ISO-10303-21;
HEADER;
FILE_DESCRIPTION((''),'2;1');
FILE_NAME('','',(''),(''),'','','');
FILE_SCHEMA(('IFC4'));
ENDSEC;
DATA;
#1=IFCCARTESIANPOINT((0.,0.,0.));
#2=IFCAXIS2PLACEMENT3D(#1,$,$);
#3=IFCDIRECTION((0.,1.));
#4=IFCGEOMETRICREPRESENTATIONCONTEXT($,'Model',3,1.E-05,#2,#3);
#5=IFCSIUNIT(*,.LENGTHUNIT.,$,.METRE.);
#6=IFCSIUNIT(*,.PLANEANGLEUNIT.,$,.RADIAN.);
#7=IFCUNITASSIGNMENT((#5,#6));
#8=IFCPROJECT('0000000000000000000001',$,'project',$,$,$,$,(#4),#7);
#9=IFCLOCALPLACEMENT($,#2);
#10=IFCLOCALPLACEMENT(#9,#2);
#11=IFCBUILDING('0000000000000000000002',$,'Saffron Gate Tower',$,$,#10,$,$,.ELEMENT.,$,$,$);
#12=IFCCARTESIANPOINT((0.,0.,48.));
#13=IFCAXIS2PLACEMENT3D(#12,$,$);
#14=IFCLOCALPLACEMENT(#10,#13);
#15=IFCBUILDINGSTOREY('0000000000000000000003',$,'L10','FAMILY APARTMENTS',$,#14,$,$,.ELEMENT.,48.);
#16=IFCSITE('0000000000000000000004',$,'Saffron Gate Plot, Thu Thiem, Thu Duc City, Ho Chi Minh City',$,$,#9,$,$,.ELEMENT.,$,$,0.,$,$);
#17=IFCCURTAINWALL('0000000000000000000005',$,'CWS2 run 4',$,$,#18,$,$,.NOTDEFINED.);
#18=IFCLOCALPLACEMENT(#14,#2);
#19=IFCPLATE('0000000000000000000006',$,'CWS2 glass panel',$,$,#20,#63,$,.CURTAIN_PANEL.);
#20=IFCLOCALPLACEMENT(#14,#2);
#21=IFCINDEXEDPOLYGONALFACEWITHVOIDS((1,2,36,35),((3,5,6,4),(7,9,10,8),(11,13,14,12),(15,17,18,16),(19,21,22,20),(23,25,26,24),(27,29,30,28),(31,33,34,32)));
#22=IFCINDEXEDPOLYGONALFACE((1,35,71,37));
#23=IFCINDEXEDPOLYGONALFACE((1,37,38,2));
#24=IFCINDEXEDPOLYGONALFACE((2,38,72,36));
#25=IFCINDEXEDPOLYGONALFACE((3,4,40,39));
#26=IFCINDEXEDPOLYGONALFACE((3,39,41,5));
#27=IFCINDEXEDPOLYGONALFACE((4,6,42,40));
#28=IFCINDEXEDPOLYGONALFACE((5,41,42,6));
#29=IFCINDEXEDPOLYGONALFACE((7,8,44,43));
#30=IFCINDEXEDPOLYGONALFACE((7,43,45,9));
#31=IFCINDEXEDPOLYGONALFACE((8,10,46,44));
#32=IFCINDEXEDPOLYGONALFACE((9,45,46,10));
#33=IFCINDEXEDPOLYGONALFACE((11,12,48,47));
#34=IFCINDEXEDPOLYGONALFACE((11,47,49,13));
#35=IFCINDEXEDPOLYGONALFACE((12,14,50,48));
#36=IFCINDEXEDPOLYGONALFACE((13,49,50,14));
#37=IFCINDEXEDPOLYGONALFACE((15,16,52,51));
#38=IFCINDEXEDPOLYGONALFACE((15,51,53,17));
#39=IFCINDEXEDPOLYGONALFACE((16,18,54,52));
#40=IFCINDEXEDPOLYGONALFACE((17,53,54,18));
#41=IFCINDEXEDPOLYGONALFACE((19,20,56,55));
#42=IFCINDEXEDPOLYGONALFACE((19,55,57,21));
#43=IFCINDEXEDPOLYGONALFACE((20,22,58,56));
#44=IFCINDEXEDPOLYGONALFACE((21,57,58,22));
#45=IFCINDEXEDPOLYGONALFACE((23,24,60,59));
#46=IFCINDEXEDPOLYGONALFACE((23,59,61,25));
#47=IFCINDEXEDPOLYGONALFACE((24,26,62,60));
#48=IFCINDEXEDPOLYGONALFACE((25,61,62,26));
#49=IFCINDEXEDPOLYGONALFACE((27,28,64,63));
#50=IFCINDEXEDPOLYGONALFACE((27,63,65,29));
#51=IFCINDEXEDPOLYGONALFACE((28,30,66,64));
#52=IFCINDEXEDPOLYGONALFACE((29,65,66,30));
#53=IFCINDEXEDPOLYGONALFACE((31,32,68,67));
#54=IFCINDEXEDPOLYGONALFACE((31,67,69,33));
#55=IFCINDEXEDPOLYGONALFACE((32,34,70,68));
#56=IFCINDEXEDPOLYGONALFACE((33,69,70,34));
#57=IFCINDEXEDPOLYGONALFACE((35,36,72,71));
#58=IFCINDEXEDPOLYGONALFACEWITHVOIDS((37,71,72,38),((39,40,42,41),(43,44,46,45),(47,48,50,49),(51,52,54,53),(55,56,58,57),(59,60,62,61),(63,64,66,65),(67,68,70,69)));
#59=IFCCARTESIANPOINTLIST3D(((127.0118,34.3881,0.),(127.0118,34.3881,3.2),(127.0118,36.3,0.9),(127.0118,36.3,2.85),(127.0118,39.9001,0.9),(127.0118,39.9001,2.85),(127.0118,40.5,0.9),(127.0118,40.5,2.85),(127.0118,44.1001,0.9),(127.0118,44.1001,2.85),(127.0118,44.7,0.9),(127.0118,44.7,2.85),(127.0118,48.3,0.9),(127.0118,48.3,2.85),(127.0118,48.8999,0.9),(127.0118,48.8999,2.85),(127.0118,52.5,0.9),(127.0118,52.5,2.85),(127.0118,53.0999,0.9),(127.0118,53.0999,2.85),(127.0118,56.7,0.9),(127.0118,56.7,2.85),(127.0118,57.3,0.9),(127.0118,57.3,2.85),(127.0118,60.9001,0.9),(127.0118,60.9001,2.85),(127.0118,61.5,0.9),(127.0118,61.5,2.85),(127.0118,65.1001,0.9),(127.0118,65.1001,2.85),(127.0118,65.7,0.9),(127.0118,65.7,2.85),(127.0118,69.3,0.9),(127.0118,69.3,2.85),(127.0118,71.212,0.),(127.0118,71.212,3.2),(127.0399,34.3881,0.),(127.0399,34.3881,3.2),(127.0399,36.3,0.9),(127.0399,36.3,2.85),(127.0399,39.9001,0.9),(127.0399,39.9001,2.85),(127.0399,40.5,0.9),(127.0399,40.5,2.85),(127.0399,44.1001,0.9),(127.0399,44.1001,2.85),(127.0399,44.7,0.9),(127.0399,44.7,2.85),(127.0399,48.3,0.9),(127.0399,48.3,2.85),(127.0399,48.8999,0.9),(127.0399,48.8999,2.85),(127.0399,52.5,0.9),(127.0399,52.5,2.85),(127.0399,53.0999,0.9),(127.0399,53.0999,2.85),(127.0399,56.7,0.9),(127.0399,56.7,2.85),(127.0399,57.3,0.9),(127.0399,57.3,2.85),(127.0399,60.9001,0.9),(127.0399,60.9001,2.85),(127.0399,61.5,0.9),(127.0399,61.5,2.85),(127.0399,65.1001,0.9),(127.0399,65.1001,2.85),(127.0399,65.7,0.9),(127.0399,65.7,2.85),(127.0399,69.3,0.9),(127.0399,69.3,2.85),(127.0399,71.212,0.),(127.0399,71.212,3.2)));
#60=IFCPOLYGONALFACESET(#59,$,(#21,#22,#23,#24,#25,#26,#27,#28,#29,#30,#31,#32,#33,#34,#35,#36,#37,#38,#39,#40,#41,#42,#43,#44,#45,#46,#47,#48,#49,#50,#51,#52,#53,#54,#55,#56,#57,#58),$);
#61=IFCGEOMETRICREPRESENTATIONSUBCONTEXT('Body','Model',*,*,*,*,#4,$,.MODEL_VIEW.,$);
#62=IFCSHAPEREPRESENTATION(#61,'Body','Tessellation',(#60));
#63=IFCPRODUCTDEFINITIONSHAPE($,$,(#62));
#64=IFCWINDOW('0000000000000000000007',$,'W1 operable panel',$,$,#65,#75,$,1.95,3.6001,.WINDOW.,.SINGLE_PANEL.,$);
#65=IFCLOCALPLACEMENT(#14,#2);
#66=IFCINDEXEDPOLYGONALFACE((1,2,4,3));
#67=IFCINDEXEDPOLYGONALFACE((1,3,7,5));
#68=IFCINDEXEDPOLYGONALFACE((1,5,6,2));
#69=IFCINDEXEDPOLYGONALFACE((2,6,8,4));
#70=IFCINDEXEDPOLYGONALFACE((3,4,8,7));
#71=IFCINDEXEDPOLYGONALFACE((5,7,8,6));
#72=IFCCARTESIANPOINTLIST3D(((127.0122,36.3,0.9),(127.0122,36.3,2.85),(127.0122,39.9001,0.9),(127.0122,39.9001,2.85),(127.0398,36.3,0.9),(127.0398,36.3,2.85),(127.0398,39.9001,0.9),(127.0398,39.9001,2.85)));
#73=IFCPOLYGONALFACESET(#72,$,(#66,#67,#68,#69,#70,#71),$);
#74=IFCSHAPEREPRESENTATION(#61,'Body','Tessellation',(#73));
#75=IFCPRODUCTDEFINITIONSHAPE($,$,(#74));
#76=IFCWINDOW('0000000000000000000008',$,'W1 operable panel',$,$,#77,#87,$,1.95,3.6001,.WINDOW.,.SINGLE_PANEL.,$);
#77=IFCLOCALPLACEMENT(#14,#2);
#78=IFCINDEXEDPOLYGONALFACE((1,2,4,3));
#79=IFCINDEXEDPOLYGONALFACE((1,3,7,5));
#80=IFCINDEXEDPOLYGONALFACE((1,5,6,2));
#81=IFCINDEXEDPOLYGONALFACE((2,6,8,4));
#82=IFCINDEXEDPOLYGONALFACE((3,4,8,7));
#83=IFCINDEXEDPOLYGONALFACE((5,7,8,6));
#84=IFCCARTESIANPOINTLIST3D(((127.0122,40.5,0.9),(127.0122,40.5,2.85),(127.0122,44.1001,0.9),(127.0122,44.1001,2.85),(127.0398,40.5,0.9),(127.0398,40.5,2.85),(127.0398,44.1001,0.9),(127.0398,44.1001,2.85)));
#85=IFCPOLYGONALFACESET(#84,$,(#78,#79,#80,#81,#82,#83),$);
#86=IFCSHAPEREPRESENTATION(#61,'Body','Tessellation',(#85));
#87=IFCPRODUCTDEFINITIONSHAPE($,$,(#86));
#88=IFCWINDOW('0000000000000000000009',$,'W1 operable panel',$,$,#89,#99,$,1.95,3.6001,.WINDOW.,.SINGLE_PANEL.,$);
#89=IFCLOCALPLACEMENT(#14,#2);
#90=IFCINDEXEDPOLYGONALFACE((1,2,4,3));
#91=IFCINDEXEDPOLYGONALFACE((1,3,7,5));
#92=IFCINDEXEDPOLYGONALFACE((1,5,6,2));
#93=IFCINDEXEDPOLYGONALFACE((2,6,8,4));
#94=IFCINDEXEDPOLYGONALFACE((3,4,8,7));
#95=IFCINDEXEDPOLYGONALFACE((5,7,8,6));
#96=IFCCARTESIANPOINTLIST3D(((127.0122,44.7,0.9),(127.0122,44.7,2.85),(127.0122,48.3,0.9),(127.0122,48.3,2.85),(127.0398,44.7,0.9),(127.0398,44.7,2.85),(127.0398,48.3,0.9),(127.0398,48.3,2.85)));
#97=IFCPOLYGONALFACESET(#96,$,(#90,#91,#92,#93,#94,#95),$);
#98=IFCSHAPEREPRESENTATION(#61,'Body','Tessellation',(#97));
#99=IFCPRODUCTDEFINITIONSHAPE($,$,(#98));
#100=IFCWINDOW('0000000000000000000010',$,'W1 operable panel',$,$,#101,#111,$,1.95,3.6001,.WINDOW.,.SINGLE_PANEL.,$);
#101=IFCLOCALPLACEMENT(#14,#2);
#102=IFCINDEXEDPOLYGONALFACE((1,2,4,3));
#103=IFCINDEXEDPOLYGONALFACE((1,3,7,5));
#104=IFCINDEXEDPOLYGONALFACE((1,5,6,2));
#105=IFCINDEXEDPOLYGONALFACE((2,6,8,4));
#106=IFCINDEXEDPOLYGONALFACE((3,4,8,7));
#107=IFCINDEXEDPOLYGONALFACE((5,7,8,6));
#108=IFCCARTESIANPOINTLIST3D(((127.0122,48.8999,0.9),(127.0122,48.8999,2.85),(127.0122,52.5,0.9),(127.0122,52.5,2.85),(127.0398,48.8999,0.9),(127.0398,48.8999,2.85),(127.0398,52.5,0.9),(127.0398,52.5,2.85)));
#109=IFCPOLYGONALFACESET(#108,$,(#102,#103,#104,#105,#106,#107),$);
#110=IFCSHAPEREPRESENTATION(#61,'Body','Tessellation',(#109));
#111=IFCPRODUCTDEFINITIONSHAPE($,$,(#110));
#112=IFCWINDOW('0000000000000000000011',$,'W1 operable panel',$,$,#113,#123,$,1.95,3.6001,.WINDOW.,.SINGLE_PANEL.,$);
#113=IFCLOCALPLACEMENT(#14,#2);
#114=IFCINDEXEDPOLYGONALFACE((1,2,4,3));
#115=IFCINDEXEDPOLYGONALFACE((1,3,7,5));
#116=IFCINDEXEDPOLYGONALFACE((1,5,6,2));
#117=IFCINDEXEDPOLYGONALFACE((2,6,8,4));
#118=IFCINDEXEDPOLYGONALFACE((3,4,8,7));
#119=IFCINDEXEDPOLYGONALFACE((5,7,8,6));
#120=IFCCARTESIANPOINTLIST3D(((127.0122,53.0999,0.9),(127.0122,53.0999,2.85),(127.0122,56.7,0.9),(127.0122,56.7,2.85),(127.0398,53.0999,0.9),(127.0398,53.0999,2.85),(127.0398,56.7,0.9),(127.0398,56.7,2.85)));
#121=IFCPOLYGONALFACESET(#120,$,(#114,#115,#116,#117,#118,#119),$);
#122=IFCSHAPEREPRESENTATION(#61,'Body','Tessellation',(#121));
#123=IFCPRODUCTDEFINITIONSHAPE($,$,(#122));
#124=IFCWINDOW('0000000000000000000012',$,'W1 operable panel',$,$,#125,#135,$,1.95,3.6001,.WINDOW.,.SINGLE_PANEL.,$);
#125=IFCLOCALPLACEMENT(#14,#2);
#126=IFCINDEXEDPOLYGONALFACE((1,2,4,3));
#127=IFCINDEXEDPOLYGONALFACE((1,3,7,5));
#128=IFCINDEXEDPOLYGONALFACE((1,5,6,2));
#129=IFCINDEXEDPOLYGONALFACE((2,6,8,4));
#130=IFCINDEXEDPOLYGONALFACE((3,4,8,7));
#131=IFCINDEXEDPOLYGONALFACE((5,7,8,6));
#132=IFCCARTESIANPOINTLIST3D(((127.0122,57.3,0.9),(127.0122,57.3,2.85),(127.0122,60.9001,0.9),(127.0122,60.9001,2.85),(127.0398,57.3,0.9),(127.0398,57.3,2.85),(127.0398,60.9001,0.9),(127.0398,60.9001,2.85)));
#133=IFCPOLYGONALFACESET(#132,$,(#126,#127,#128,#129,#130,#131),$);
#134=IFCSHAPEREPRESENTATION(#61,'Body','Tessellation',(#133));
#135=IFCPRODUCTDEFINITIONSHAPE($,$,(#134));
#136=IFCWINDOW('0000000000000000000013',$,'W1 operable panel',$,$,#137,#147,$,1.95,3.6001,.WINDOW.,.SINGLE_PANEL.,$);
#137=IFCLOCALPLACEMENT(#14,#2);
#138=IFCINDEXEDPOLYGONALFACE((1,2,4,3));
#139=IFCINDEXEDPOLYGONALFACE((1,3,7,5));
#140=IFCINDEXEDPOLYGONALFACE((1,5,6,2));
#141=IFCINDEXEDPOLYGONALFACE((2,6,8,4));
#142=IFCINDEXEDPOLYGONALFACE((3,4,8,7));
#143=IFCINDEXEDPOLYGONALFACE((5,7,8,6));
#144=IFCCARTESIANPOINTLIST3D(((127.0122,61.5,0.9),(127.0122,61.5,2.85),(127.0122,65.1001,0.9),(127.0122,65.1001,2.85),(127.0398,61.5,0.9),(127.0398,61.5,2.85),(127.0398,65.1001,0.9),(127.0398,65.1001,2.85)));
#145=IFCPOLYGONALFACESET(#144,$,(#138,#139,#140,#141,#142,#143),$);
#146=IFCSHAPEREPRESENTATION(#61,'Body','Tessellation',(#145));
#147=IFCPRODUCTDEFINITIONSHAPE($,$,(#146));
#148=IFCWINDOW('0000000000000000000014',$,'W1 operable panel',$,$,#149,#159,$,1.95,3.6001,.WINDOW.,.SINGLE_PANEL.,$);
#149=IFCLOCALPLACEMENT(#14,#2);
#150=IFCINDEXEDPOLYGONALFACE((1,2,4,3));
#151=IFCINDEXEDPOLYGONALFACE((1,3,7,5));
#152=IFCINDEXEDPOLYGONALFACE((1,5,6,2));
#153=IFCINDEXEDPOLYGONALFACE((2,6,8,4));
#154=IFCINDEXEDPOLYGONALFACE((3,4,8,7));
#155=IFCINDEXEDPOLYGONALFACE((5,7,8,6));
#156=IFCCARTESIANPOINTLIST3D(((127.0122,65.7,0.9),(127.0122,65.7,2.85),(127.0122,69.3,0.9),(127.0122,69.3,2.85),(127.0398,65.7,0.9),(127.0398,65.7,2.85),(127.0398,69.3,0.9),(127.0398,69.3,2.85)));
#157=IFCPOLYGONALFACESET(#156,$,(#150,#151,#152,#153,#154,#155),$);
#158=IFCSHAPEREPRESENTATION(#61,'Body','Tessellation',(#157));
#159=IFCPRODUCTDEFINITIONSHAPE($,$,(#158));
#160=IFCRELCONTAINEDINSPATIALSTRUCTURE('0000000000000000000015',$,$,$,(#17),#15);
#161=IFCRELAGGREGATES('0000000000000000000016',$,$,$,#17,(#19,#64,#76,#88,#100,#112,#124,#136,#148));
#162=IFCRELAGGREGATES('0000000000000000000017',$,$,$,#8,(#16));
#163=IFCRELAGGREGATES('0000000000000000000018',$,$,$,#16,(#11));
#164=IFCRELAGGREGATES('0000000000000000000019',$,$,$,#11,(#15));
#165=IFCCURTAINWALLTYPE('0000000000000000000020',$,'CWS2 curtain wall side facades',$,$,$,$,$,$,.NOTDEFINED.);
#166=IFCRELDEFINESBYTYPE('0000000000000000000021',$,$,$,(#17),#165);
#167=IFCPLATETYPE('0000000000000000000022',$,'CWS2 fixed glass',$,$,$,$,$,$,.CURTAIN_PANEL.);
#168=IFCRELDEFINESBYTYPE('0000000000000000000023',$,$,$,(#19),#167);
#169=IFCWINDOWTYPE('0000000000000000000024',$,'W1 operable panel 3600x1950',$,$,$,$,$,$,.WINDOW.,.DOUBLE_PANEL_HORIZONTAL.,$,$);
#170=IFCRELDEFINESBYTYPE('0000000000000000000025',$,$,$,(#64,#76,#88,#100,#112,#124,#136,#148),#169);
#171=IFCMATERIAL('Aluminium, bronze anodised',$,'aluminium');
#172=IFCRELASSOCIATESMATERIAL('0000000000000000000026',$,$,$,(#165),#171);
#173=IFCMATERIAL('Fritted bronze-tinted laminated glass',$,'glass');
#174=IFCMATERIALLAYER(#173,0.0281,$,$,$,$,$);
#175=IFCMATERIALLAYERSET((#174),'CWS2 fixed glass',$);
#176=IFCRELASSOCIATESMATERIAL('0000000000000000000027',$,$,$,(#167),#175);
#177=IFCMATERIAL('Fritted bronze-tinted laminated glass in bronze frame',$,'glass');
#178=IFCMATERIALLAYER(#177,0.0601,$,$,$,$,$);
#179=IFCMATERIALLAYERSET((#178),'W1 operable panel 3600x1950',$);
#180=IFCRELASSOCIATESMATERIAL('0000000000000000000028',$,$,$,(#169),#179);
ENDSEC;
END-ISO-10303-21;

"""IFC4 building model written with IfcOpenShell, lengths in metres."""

from ifc_helpers import new_model, si_unit, direction, frame, frame_2d, origin, place, context, subcontext, project, spatial, rectangle, extrude, material, layer, layer_set, type_object, element, fill, aggregate, save


model = new_model("IFC4")

# Units and contexts
model_context = context("Model", 3, precision=1e-05, world=origin(), true_north=direction((0.0, 1.0)))
body_context = subcontext(model_context, "Body", "Model", "MODEL_VIEW")
ifc_project = project(units=[si_unit("LENGTHUNIT", "METRE"), si_unit("PLANEANGLEUNIT", "RADIAN")], contexts=[model_context])

# Site, building, storey
site_placement = place(None, origin())
site = spatial("IfcSite", under=ifc_project, at=site_placement, Name="Saffron Gate Plot, Thu Thiem, Thu Duc City, Ho Chi Minh City", CompositionType="ELEMENT", RefElevation=0.0)
building_placement = place(site_placement, origin())
building = spatial("IfcBuilding", under=site, at=building_placement, Name="Saffron Gate Tower", CompositionType="ELEMENT")
storey_placement = place(building_placement, frame((0.0, 0.0, 48.0)))
storey = spatial("IfcBuildingStorey", under=building, at=storey_placement, Name="L10", Description="FAMILY APARTMENTS", CompositionType="ELEMENT", Elevation=48.0)

# Curtain wall
ifc_material_1 = material(Name="Aluminium, bronze anodised", Category="aluminium")
curtain_wall_type_1 = type_object("IfcCurtainWallType", Name="CWS2 curtain wall side facades", PredefinedType="NOTDEFINED", material=ifc_material_1)
curtain_wall_1_placement = place(storey_placement, origin())
curtain_wall_1 = element("IfcCurtainWall", 1, at=curtain_wall_1_placement, inside=storey, type_object=curtain_wall_type_1, Name="CWS2 run 4", PredefinedType="NOTDEFINED")

# Plate, openings, windows
ifc_material_2 = material(Name="Fritted bronze-tinted laminated glass", Category="glass")
ifc_layer_1 = layer(ifc_material_2, 0.0281)
ifc_layer_set_1 = layer_set([ifc_layer_1], Name="CWS2 fixed glass")
plate_type = type_object("IfcPlateType", Name="CWS2 fixed glass", PredefinedType="CURTAIN_PANEL", material=ifc_layer_set_1)
plate_placement = place(storey_placement, frame((127.0259, 34.3879, 0.0), z_axis=(0.0, 0.0, 1.0), x_axis=(0.0, 1.0, 0.0)))
plate = element("IfcPlate", 2, at=plate_placement, type_object=plate_type, Name="CWS2 glass panel", PredefinedType="CURTAIN_PANEL", context=body_context, shape_type="SweptSolid", body=[
    extrude(rectangle(XDim=36.824, YDim=0.0281, at=frame_2d((18.4121, 0.0))), origin(), (0.0, 0.0, 1.0), 3.2),
])
opening_1_placement = place(plate_placement, frame((1.9121, 0.0, 0.8999)))
opening_1 = element("IfcOpeningElement", 3, at=opening_1_placement, cuts=plate, PredefinedType="OPENING", context=body_context, shape_type="SweptSolid", body=[
    extrude(rectangle(XDim=3.6001, YDim=1.95, at=frame_2d((1.8, 0.9751))), frame((0.0, 0.0239, 0.0), z_axis=(0.0, -1.0, 0.0), x_axis=(1.0, 0.0, 0.0)), (0.0, 0.0, 1.0), 0.0481),
])
opening_2_placement = place(plate_placement, frame((6.1121, 0.0, 0.8999)))
opening_2 = element("IfcOpeningElement", 4, at=opening_2_placement, cuts=plate, PredefinedType="OPENING", context=body_context, shape_type="SweptSolid", body=[
    extrude(rectangle(XDim=3.6001, YDim=1.95, at=frame_2d((1.8, 0.9751))), frame((0.0, 0.0239, 0.0), z_axis=(0.0, -1.0, 0.0), x_axis=(1.0, 0.0, 0.0)), (0.0, 0.0, 1.0), 0.0481),
])
opening_3_placement = place(plate_placement, frame((10.312, 0.0, 0.8999)))
opening_3 = element("IfcOpeningElement", 5, at=opening_3_placement, cuts=plate, PredefinedType="OPENING", context=body_context, shape_type="SweptSolid", body=[
    extrude(rectangle(XDim=3.6001, YDim=1.95, at=frame_2d((1.8, 0.9751))), frame((0.0, 0.0239, 0.0), z_axis=(0.0, -1.0, 0.0), x_axis=(1.0, 0.0, 0.0)), (0.0, 0.0, 1.0), 0.0481),
])
opening_4_placement = place(plate_placement, frame((14.512, 0.0, 0.8999)))
opening_4 = element("IfcOpeningElement", 6, at=opening_4_placement, cuts=plate, PredefinedType="OPENING", context=body_context, shape_type="SweptSolid", body=[
    extrude(rectangle(XDim=3.6001, YDim=1.95, at=frame_2d((1.8, 0.9751))), frame((0.0, 0.0239, 0.0), z_axis=(0.0, -1.0, 0.0), x_axis=(1.0, 0.0, 0.0)), (0.0, 0.0, 1.0), 0.0481),
])
opening_5_placement = place(plate_placement, frame((18.7119, 0.0, 0.8999)))
opening_5 = element("IfcOpeningElement", 7, at=opening_5_placement, cuts=plate, PredefinedType="OPENING", context=body_context, shape_type="SweptSolid", body=[
    extrude(rectangle(XDim=3.6001, YDim=1.95, at=frame_2d((1.8, 0.9751))), frame((0.0, 0.0239, 0.0), z_axis=(0.0, -1.0, 0.0), x_axis=(1.0, 0.0, 0.0)), (0.0, 0.0, 1.0), 0.0481),
])
opening_6_placement = place(plate_placement, frame((22.9121, 0.0, 0.8999)))
opening_6 = element("IfcOpeningElement", 8, at=opening_6_placement, cuts=plate, PredefinedType="OPENING", context=body_context, shape_type="SweptSolid", body=[
    extrude(rectangle(XDim=3.6001, YDim=1.95, at=frame_2d((1.8, 0.9751))), frame((0.0, 0.0239, 0.0), z_axis=(0.0, -1.0, 0.0), x_axis=(1.0, 0.0, 0.0)), (0.0, 0.0, 1.0), 0.0481),
])
opening_7_placement = place(plate_placement, frame((27.1121, 0.0, 0.8999)))
opening_7 = element("IfcOpeningElement", 9, at=opening_7_placement, cuts=plate, PredefinedType="OPENING", context=body_context, shape_type="SweptSolid", body=[
    extrude(rectangle(XDim=3.6001, YDim=1.95, at=frame_2d((1.8, 0.9751))), frame((0.0, 0.0239, 0.0), z_axis=(0.0, -1.0, 0.0), x_axis=(1.0, 0.0, 0.0)), (0.0, 0.0, 1.0), 0.0481),
])
opening_8_placement = place(plate_placement, frame((31.312, 0.0, 0.8999)))
opening_8 = element("IfcOpeningElement", 10, at=opening_8_placement, cuts=plate, PredefinedType="OPENING", context=body_context, shape_type="SweptSolid", body=[
    extrude(rectangle(XDim=3.6001, YDim=1.95, at=frame_2d((1.8, 0.9751))), frame((0.0, 0.0239, 0.0), z_axis=(0.0, -1.0, 0.0), x_axis=(1.0, 0.0, 0.0)), (0.0, 0.0, 1.0), 0.0481),
])
ifc_material_3 = material(Name="Fritted bronze-tinted laminated glass in bronze frame", Category="glass")
ifc_layer_2 = layer(ifc_material_3, 0.0601)
ifc_layer_set_2 = layer_set([ifc_layer_2], Name="W1 operable panel 3600x1950")
window_type = type_object("IfcWindowType", Name="W1 operable panel 3600x1950", PartitioningType="DOUBLE_PANEL_HORIZONTAL", PredefinedType="WINDOW", material=ifc_layer_set_2)
window_1_placement = place(opening_1_placement, origin())
window_1 = element("IfcWindow", 11, at=window_1_placement, type_object=window_type, Name="W1 operable panel", OverallHeight=1.95, OverallWidth=3.6001, PartitioningType="SINGLE_PANEL", PredefinedType="WINDOW", context=body_context, shape_type="SweptSolid", body=[
    extrude(rectangle(XDim=3.6001, YDim=1.95, at=frame_2d((1.8, 0.9751))), frame((0.0, 0.0137, 0.0), z_axis=(0.0, -1.0, 0.0), x_axis=(1.0, 0.0, 0.0)), (0.0, 0.0, 1.0), 0.0276),
])
fill(opening_1, window_1)
window_2_placement = place(opening_2_placement, origin())
window_2 = element("IfcWindow", 12, at=window_2_placement, type_object=window_type, Name="W1 operable panel", OverallHeight=1.95, OverallWidth=3.6001, PartitioningType="SINGLE_PANEL", PredefinedType="WINDOW", context=body_context, shape_type="SweptSolid", body=[
    extrude(rectangle(XDim=3.6001, YDim=1.95, at=frame_2d((1.8, 0.9751))), frame((0.0, 0.0137, 0.0), z_axis=(0.0, -1.0, 0.0), x_axis=(1.0, 0.0, 0.0)), (0.0, 0.0, 1.0), 0.0276),
])
fill(opening_2, window_2)
window_3_placement = place(opening_3_placement, origin())
window_3 = element("IfcWindow", 13, at=window_3_placement, type_object=window_type, Name="W1 operable panel", OverallHeight=1.95, OverallWidth=3.6001, PartitioningType="SINGLE_PANEL", PredefinedType="WINDOW", context=body_context, shape_type="SweptSolid", body=[
    extrude(rectangle(XDim=3.6001, YDim=1.95, at=frame_2d((1.8, 0.9751))), frame((0.0, 0.0137, 0.0), z_axis=(0.0, -1.0, 0.0), x_axis=(1.0, 0.0, 0.0)), (0.0, 0.0, 1.0), 0.0276),
])
fill(opening_3, window_3)
window_4_placement = place(opening_4_placement, origin())
window_4 = element("IfcWindow", 14, at=window_4_placement, type_object=window_type, Name="W1 operable panel", OverallHeight=1.95, OverallWidth=3.6001, PartitioningType="SINGLE_PANEL", PredefinedType="WINDOW", context=body_context, shape_type="SweptSolid", body=[
    extrude(rectangle(XDim=3.6001, YDim=1.95, at=frame_2d((1.8, 0.9751))), frame((0.0, 0.0137, 0.0), z_axis=(0.0, -1.0, 0.0), x_axis=(1.0, 0.0, 0.0)), (0.0, 0.0, 1.0), 0.0276),
])
fill(opening_4, window_4)
window_5_placement = place(opening_5_placement, origin())
window_5 = element("IfcWindow", 15, at=window_5_placement, type_object=window_type, Name="W1 operable panel", OverallHeight=1.95, OverallWidth=3.6001, PartitioningType="SINGLE_PANEL", PredefinedType="WINDOW", context=body_context, shape_type="SweptSolid", body=[
    extrude(rectangle(XDim=3.6001, YDim=1.95, at=frame_2d((1.8, 0.9751))), frame((0.0, 0.0137, 0.0), z_axis=(0.0, -1.0, 0.0), x_axis=(1.0, 0.0, 0.0)), (0.0, 0.0, 1.0), 0.0276),
])
fill(opening_5, window_5)
window_6_placement = place(opening_6_placement, origin())
window_6 = element("IfcWindow", 16, at=window_6_placement, type_object=window_type, Name="W1 operable panel", OverallHeight=1.95, OverallWidth=3.6001, PartitioningType="SINGLE_PANEL", PredefinedType="WINDOW", context=body_context, shape_type="SweptSolid", body=[
    extrude(rectangle(XDim=3.6001, YDim=1.95, at=frame_2d((1.8, 0.9751))), frame((0.0, 0.0137, 0.0), z_axis=(0.0, -1.0, 0.0), x_axis=(1.0, 0.0, 0.0)), (0.0, 0.0, 1.0), 0.0276),
])
fill(opening_6, window_6)
window_7_placement = place(opening_7_placement, origin())
window_7 = element("IfcWindow", 17, at=window_7_placement, type_object=window_type, Name="W1 operable panel", OverallHeight=1.95, OverallWidth=3.6001, PartitioningType="SINGLE_PANEL", PredefinedType="WINDOW", context=body_context, shape_type="SweptSolid", body=[
    extrude(rectangle(XDim=3.6001, YDim=1.95, at=frame_2d((1.8, 0.9751))), frame((0.0, 0.0137, 0.0), z_axis=(0.0, -1.0, 0.0), x_axis=(1.0, 0.0, 0.0)), (0.0, 0.0, 1.0), 0.0276),
])
fill(opening_7, window_7)
window_8_placement = place(opening_8_placement, origin())
window_8 = element("IfcWindow", 18, at=window_8_placement, type_object=window_type, Name="W1 operable panel", OverallHeight=1.95, OverallWidth=3.6001, PartitioningType="SINGLE_PANEL", PredefinedType="WINDOW", context=body_context, shape_type="SweptSolid", body=[
    extrude(rectangle(XDim=3.6001, YDim=1.95, at=frame_2d((1.8, 0.9751))), frame((0.0, 0.0137, 0.0), z_axis=(0.0, -1.0, 0.0), x_axis=(1.0, 0.0, 0.0)), (0.0, 0.0, 1.0), 0.0276),
])
fill(opening_8, window_8)
aggregate(curtain_wall_1, [plate, window_1, window_2, window_3, window_4, window_5, window_6, window_7, window_8])

save(model, "model.ifc")
